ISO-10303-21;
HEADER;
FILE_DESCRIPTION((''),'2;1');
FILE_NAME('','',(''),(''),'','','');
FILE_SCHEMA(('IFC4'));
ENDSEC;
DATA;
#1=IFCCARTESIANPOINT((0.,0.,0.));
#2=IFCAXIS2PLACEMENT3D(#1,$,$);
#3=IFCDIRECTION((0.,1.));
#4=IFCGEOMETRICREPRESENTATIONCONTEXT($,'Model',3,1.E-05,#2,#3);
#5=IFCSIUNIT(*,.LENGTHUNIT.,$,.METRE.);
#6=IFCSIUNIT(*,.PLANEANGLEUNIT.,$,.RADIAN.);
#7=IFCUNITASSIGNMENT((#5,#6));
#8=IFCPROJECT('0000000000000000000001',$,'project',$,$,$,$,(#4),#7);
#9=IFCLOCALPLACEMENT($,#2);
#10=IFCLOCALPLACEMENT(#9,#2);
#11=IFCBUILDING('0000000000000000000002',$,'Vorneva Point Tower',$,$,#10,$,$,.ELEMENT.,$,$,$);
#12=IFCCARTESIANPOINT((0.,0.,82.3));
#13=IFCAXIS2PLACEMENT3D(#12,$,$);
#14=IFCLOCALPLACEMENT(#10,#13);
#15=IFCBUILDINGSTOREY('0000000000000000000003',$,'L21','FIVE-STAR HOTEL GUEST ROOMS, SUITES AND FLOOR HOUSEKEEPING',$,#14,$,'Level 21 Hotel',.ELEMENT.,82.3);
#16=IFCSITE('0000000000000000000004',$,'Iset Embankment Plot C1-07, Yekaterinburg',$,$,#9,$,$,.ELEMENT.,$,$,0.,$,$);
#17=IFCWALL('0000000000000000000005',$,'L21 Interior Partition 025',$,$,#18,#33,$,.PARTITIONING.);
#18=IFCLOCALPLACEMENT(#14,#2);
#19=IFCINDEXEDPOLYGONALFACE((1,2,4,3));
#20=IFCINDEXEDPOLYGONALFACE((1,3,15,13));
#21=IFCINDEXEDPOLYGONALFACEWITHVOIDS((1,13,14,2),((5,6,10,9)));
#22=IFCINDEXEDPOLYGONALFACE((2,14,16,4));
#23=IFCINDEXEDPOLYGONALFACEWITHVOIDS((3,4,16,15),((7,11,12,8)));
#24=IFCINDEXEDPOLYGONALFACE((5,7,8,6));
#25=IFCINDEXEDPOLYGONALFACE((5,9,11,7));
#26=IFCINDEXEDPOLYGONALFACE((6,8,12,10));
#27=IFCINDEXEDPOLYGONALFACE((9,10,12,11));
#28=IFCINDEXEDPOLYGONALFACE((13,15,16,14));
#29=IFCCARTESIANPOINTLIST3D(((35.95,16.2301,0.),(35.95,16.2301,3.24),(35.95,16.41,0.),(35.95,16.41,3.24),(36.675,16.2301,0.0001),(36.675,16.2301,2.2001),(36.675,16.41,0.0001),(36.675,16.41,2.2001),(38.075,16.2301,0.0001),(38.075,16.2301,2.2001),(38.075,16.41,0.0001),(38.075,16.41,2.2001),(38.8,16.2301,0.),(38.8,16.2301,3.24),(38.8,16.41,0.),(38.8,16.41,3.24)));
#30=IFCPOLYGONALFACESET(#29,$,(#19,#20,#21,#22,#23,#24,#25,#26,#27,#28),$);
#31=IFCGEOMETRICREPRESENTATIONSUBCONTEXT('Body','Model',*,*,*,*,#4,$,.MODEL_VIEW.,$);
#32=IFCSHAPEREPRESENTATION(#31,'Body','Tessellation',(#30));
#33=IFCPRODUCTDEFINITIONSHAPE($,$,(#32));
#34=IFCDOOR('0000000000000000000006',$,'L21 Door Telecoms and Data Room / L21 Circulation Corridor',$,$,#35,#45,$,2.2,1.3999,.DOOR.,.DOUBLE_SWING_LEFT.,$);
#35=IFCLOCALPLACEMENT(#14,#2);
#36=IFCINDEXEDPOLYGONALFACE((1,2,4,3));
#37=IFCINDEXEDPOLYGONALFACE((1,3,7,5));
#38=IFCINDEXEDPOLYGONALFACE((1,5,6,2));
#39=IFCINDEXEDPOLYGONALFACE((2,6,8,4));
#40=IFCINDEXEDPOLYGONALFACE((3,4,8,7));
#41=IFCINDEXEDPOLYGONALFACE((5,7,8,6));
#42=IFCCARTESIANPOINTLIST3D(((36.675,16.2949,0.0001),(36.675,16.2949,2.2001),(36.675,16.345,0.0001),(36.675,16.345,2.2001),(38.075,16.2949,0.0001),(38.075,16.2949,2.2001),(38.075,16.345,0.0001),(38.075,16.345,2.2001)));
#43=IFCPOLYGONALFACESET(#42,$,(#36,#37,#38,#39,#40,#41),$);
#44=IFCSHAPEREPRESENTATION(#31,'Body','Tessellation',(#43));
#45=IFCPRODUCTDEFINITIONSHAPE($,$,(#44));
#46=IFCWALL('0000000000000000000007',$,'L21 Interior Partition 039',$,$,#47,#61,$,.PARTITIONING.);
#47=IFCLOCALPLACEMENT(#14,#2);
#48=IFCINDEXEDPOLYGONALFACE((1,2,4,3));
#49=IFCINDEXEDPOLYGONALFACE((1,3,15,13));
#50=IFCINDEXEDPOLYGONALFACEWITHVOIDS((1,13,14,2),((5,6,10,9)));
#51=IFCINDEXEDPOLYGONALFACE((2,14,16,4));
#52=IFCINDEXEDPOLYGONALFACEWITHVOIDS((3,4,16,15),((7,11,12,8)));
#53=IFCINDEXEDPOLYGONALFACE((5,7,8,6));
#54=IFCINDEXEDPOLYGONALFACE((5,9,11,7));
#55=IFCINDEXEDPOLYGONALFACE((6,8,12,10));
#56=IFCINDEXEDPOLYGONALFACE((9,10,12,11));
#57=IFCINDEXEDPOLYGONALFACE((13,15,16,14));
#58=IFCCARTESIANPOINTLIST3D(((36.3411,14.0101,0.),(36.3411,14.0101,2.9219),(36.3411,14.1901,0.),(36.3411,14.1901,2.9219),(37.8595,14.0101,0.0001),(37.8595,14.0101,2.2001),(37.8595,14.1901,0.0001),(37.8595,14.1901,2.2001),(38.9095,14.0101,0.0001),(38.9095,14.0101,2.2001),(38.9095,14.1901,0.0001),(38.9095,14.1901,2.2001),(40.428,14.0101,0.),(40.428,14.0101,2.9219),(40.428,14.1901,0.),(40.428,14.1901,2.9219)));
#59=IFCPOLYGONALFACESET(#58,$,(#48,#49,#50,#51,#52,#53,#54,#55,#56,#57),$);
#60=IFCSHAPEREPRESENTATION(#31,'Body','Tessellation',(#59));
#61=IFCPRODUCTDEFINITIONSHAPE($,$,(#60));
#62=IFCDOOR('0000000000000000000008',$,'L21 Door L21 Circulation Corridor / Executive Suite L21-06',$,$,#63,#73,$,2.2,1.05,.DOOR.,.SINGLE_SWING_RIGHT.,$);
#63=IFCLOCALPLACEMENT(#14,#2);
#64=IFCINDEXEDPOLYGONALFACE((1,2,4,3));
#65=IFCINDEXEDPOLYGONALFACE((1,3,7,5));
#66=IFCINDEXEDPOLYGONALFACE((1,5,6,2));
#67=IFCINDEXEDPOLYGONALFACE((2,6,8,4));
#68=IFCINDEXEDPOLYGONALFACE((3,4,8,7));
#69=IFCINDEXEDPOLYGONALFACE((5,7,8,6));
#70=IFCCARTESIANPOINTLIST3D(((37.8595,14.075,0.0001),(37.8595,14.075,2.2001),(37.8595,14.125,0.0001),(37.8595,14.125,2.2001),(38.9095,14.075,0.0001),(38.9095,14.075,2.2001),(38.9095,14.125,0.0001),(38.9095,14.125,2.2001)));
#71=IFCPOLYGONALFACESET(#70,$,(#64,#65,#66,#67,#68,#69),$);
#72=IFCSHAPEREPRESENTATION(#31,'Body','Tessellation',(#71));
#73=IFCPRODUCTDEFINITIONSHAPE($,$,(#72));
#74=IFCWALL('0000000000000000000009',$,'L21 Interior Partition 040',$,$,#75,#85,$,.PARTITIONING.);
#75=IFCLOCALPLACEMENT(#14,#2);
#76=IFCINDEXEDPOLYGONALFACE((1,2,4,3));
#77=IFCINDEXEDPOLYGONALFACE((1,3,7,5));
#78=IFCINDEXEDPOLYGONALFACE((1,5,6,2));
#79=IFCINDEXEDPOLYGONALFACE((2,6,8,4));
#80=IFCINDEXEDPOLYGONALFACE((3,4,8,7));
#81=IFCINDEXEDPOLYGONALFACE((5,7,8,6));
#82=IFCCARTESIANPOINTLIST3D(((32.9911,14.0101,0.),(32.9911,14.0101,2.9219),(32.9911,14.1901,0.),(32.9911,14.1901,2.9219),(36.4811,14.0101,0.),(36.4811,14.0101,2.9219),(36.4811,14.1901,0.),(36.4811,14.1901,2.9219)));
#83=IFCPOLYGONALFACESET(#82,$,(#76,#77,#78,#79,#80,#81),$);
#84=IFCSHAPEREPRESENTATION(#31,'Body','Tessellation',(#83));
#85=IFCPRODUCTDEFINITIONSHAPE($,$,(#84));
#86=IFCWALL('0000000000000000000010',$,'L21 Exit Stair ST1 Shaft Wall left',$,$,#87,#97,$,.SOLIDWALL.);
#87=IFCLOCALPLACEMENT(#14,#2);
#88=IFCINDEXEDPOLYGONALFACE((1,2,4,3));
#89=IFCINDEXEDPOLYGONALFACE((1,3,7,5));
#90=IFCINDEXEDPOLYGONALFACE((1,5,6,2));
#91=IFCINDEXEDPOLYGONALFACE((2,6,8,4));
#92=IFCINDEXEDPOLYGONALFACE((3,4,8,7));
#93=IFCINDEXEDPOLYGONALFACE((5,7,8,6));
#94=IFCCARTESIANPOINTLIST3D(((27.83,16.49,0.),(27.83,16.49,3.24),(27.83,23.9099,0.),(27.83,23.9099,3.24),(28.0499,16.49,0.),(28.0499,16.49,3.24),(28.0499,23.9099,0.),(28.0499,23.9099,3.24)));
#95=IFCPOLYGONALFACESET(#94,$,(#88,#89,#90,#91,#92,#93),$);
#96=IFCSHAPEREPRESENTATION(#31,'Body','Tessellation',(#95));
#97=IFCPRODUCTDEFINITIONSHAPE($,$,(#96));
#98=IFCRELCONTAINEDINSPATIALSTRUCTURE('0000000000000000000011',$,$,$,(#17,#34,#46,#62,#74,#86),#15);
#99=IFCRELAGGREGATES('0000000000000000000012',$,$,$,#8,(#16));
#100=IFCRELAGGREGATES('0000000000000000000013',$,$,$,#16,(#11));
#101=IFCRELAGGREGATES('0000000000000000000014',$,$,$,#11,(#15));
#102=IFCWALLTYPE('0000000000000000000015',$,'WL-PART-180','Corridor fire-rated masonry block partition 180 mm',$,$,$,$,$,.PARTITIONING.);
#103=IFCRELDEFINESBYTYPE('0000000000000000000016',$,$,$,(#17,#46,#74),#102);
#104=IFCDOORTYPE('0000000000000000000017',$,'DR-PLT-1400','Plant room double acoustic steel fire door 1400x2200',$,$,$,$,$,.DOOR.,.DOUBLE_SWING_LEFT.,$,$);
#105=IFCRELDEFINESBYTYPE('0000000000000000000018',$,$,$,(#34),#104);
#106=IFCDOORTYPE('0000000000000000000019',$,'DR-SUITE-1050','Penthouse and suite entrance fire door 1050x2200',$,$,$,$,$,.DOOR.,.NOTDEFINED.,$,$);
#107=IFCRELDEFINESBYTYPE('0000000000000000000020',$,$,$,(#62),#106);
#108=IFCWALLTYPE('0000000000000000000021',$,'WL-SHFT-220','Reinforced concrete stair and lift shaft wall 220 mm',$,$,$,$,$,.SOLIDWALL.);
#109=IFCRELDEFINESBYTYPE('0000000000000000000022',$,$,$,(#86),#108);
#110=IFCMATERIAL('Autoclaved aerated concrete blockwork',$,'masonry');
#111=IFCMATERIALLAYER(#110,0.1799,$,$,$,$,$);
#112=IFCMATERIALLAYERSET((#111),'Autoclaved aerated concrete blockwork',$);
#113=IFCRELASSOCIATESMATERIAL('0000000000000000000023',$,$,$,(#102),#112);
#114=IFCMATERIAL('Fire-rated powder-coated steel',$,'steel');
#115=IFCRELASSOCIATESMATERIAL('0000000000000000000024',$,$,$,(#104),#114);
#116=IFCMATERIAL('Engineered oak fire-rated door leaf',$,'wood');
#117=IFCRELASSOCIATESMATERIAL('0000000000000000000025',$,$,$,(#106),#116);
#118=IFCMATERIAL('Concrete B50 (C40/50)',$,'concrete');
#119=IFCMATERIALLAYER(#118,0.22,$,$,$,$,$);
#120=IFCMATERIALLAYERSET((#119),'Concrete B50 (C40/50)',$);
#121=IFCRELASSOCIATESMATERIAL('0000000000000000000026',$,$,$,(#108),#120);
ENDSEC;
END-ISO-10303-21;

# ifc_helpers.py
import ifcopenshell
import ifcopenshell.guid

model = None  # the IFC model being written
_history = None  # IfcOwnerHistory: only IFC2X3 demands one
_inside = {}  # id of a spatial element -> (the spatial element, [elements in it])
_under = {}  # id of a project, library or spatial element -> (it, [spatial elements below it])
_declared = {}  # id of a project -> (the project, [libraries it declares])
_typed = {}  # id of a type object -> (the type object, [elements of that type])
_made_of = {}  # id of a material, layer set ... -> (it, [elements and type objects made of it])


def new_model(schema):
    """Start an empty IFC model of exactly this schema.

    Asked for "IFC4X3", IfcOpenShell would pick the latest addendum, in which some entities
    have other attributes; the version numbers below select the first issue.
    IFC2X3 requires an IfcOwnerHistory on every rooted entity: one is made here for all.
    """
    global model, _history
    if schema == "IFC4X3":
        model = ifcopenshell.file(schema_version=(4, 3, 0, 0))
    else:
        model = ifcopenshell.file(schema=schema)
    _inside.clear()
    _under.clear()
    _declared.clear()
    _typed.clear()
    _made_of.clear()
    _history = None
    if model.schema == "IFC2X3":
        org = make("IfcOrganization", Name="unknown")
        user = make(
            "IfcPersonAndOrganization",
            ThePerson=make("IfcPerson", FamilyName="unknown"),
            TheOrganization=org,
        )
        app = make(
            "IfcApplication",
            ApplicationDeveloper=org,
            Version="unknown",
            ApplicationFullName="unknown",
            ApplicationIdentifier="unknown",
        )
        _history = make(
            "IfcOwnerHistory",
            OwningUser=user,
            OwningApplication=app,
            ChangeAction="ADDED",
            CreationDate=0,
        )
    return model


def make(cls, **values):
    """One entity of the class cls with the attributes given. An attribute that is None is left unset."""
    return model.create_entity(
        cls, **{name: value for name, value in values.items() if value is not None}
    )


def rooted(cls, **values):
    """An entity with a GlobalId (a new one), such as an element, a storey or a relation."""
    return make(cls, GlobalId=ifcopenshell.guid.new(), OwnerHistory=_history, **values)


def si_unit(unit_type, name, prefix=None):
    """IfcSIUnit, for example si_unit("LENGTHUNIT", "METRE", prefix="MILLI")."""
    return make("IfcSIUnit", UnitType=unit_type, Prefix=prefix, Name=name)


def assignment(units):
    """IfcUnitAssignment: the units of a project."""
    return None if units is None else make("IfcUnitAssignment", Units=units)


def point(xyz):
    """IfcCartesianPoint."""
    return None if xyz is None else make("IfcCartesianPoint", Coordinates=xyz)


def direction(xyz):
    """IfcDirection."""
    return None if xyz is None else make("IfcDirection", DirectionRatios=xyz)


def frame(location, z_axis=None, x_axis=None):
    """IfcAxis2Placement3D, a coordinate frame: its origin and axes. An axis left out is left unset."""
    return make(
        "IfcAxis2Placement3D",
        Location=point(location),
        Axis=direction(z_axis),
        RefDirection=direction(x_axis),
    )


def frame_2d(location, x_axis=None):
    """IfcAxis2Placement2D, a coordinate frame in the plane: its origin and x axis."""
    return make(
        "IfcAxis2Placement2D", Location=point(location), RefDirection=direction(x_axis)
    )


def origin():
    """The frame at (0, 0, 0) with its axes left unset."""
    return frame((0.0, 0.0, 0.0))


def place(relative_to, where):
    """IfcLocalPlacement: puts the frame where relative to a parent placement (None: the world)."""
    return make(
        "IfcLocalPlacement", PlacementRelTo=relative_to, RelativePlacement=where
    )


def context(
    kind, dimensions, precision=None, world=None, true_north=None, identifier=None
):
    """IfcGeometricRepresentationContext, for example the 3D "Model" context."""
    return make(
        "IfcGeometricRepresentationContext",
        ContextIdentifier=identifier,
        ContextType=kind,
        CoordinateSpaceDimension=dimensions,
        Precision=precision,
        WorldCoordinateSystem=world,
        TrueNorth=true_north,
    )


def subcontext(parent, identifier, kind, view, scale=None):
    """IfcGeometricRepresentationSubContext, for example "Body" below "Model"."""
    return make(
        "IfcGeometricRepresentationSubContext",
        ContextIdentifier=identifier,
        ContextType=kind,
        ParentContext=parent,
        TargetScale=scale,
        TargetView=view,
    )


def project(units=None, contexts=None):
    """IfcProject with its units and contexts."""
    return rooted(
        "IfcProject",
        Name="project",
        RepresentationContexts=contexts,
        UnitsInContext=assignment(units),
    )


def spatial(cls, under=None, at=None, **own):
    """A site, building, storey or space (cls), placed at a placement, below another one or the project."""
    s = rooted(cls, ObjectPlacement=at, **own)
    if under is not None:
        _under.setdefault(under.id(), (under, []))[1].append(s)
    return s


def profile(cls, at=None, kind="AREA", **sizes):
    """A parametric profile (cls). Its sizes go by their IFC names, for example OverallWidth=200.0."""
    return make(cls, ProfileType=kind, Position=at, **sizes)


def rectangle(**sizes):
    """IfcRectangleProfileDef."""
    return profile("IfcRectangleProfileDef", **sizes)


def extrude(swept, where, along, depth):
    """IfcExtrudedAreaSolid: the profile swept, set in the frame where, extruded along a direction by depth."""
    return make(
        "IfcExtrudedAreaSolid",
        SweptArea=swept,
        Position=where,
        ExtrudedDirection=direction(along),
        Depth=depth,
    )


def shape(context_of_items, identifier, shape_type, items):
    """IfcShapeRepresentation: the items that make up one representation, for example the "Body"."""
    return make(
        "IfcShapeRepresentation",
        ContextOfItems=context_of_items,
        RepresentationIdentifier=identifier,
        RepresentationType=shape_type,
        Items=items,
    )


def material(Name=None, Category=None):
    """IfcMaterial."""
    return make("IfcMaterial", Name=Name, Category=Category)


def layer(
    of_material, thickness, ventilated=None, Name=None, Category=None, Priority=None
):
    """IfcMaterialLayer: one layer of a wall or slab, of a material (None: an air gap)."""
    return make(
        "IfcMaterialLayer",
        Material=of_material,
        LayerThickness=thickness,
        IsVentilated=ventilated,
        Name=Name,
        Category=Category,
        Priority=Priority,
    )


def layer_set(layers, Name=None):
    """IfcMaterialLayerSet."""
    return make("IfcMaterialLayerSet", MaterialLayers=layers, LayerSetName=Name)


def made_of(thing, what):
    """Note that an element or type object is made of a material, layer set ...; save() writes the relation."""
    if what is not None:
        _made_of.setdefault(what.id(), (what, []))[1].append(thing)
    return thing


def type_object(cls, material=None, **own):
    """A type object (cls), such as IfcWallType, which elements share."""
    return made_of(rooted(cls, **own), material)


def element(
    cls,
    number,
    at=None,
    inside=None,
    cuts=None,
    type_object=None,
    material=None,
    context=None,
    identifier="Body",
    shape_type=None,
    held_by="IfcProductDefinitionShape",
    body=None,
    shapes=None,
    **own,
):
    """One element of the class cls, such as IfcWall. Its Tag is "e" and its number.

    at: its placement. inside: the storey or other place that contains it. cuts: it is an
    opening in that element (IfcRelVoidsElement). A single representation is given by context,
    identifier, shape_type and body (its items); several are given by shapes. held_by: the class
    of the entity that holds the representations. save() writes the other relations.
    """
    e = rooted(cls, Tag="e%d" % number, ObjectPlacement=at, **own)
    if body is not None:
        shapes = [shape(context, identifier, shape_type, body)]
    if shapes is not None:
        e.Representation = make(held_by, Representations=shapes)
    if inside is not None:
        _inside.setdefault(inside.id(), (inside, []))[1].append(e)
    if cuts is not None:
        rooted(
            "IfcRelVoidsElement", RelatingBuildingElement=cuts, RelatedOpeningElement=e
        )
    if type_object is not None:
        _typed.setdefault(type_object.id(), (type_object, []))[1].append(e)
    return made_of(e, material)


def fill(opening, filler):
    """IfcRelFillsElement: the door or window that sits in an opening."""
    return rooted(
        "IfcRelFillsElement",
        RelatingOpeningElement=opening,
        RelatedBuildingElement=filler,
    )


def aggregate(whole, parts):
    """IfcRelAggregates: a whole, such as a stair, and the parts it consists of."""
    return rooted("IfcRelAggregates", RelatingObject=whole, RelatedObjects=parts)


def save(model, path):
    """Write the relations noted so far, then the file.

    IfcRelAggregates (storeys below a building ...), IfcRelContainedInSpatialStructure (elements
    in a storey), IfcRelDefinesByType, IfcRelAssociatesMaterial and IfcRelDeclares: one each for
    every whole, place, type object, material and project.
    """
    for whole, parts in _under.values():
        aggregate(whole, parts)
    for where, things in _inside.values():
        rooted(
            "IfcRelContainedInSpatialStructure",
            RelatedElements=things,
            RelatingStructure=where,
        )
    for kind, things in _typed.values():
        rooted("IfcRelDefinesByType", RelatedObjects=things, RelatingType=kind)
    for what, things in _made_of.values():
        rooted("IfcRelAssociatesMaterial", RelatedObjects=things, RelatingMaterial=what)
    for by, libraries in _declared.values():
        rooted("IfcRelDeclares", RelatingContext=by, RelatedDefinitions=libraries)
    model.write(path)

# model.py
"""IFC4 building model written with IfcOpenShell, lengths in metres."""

from ifc_helpers import new_model, si_unit, direction, frame, frame_2d, origin, place, context, subcontext, project, spatial, rectangle, extrude, material, layer, layer_set, type_object, element, fill, save


model = new_model("IFC4")

# Units and contexts
model_context = context("Model", 3, precision=1e-05, world=origin(), true_north=direction((0.0, 1.0)))
body_context = subcontext(model_context, "Body", "Model", "MODEL_VIEW")
ifc_project = project(units=[si_unit("LENGTHUNIT", "METRE"), si_unit("PLANEANGLEUNIT", "RADIAN")], contexts=[model_context])

# Site, building, storey
site_placement = place(None, origin())
site = spatial("IfcSite", under=ifc_project, at=site_placement, Name="Iset Embankment Plot C1-07, Yekaterinburg", CompositionType="ELEMENT", RefElevation=0.0)
building_placement = place(site_placement, origin())
building = spatial("IfcBuilding", under=site, at=building_placement, Name="Vorneva Point Tower", CompositionType="ELEMENT")
storey_placement = place(building_placement, frame((0.0, 0.0, 82.3)))
storey = spatial("IfcBuildingStorey", under=building, at=storey_placement, Name="L21", Description="FIVE-STAR HOTEL GUEST ROOMS, SUITES AND FLOOR HOUSEKEEPING", LongName="Level 21 Hotel", CompositionType="ELEMENT", Elevation=82.3)

# Shared definitions
ifc_material_1 = material(Name="Engineered oak fire-rated door leaf", Category="wood")

# Shared definitions
ifc_material_2 = material(Name="Autoclaved aerated concrete blockwork", Category="masonry")
ifc_layer_1 = layer(ifc_material_2, 0.1799)
ifc_layer_set_1 = layer_set([ifc_layer_1], Name="Autoclaved aerated concrete blockwork")
wall_type_1 = type_object("IfcWallType", Name="WL-PART-180", Description="Corridor fire-rated masonry block partition 180 mm", PredefinedType="PARTITIONING", material=ifc_layer_set_1)

# Walls, openings, doors
wall_1_placement = place(storey_placement, frame((35.95, 16.3201, 0.0), z_axis=(0.0, 0.0, 1.0), x_axis=(1.0, 0.0, 0.0)))
wall_1 = element("IfcWall", 1, at=wall_1_placement, inside=storey, type_object=wall_type_1, Name="L21 Interior Partition 025", PredefinedType="PARTITIONING", context=body_context, shape_type="SweptSolid", body=[
    extrude(rectangle(XDim=2.8501, YDim=0.1799, at=frame_2d((1.425, 0.0))), origin(), (0.0, 0.0, 1.0), 3.24),
])
opening_1_placement = place(wall_1_placement, frame((0.7251, 0.0, 0.0)))
opening_1 = element("IfcOpeningElement", 2, at=opening_1_placement, cuts=wall_1, PredefinedType="OPENING", context=body_context, shape_type="SweptSolid", body=[
    extrude(rectangle(XDim=1.3999, YDim=2.2, at=frame_2d((0.7, 1.1001))), frame((0.0, 0.105, 0.0), z_axis=(0.0, -1.0, 0.0), x_axis=(1.0, 0.0, 0.0)), (0.0, 0.0, 1.0), 0.2097),
])
ifc_material_3 = material(Name="Fire-rated powder-coated steel", Category="steel")
door_type_1 = type_object("IfcDoorType", Name="DR-PLT-1400", Description="Plant room double acoustic steel fire door 1400x2200", OperationType="DOUBLE_SWING_LEFT", PredefinedType="DOOR", material=ifc_material_3)
door_1_placement = place(opening_1_placement, origin())
door_1 = element("IfcDoor", 3, at=door_1_placement, inside=storey, type_object=door_type_1, Name="L21 Door Telecoms and Data Room / L21 Circulation Corridor", OperationType="DOUBLE_SWING_LEFT", OverallHeight=2.2, OverallWidth=1.3999, PredefinedType="DOOR", context=body_context, shape_type="SweptSolid", body=[
    extrude(rectangle(XDim=1.3999, YDim=2.2, at=frame_2d((0.7, 1.1001))), frame((0.0, 0.0249, 0.0), z_axis=(0.0, -1.0, 0.0), x_axis=(1.0, 0.0, 0.0)), (0.0, 0.0, 1.0), 0.05),
])
fill(opening_1, door_1)
wall_2_placement = place(storey_placement, frame((36.3411, 14.1001, 0.0), z_axis=(0.0, 0.0, 1.0), x_axis=(1.0, 0.0, 0.0)))
wall_2 = element("IfcWall", 4, at=wall_2_placement, inside=storey, type_object=wall_type_1, Name="L21 Interior Partition 039", PredefinedType="PARTITIONING", context=body_context, shape_type="SweptSolid", body=[
    extrude(rectangle(XDim=4.0869, YDim=0.1799, at=frame_2d((2.0435, 0.0))), origin(), (0.0, 0.0, 1.0), 2.9219),
])
opening_2_placement = place(wall_2_placement, frame((1.5186, 0.0, 0.0)))
opening_2 = element("IfcOpeningElement", 5, at=opening_2_placement, cuts=wall_2, PredefinedType="OPENING", context=body_context, shape_type="SweptSolid", body=[
    extrude(rectangle(XDim=1.05, YDim=2.2, at=frame_2d((0.5249, 1.1001))), frame((0.0, 0.105, 0.0), z_axis=(0.0, -1.0, 0.0), x_axis=(1.0, 0.0, 0.0)), (0.0, 0.0, 1.0), 0.2097),
])
door_type_2 = type_object("IfcDoorType", Name="DR-SUITE-1050", Description="Penthouse and suite entrance fire door 1050x2200", OperationType="NOTDEFINED", PredefinedType="DOOR", material=ifc_material_1)
door_2_placement = place(opening_2_placement, origin())
door_2 = element("IfcDoor", 6, at=door_2_placement, inside=storey, type_object=door_type_2, Name="L21 Door L21 Circulation Corridor / Executive Suite L21-06", OperationType="SINGLE_SWING_RIGHT", OverallHeight=2.2, OverallWidth=1.05, PredefinedType="DOOR", context=body_context, shape_type="SweptSolid", body=[
    extrude(rectangle(XDim=1.05, YDim=2.2, at=frame_2d((0.5249, 1.1001))), frame((0.0, 0.0249, 0.0), z_axis=(0.0, -1.0, 0.0), x_axis=(1.0, 0.0, 0.0)), (0.0, 0.0, 1.0), 0.05),
])
fill(opening_2, door_2)

# Walls
wall_3_placement = place(storey_placement, frame((32.991, 14.1001, 0.0), z_axis=(0.0, 0.0, 1.0), x_axis=(1.0, 0.0, 0.0)))
element("IfcWall", 7, at=wall_3_placement, inside=storey, type_object=wall_type_1, Name="L21 Interior Partition 040", PredefinedType="PARTITIONING", context=body_context, shape_type="SweptSolid", body=[
    extrude(rectangle(XDim=3.49, YDim=0.1799, at=frame_2d((1.7451, 0.0))), origin(), (0.0, 0.0, 1.0), 2.9219),
])
ifc_material_4 = material(Name="Concrete B50 (C40/50)", Category="concrete")
ifc_layer_2 = layer(ifc_material_4, 0.22)
ifc_layer_set_2 = layer_set([ifc_layer_2], Name="Concrete B50 (C40/50)")
wall_type_2 = type_object("IfcWallType", Name="WL-SHFT-220", Description="Reinforced concrete stair and lift shaft wall 220 mm", PredefinedType="SOLIDWALL", material=ifc_layer_set_2)
wall_4_placement = place(storey_placement, frame((27.9399, 16.49, 0.0), z_axis=(0.0, 0.0, 1.0), x_axis=(0.0, 1.0, 0.0)))
element("IfcWall", 8, at=wall_4_placement, inside=storey, type_object=wall_type_2, Name="L21 Exit Stair ST1 Shaft Wall left", PredefinedType="SOLIDWALL", context=body_context, shape_type="SweptSolid", body=[
    extrude(rectangle(XDim=7.4199, YDim=0.22, at=frame_2d((3.71, 0.0))), origin(), (0.0, 0.0, 1.0), 3.24),
])

save(model, "model.ifc")
